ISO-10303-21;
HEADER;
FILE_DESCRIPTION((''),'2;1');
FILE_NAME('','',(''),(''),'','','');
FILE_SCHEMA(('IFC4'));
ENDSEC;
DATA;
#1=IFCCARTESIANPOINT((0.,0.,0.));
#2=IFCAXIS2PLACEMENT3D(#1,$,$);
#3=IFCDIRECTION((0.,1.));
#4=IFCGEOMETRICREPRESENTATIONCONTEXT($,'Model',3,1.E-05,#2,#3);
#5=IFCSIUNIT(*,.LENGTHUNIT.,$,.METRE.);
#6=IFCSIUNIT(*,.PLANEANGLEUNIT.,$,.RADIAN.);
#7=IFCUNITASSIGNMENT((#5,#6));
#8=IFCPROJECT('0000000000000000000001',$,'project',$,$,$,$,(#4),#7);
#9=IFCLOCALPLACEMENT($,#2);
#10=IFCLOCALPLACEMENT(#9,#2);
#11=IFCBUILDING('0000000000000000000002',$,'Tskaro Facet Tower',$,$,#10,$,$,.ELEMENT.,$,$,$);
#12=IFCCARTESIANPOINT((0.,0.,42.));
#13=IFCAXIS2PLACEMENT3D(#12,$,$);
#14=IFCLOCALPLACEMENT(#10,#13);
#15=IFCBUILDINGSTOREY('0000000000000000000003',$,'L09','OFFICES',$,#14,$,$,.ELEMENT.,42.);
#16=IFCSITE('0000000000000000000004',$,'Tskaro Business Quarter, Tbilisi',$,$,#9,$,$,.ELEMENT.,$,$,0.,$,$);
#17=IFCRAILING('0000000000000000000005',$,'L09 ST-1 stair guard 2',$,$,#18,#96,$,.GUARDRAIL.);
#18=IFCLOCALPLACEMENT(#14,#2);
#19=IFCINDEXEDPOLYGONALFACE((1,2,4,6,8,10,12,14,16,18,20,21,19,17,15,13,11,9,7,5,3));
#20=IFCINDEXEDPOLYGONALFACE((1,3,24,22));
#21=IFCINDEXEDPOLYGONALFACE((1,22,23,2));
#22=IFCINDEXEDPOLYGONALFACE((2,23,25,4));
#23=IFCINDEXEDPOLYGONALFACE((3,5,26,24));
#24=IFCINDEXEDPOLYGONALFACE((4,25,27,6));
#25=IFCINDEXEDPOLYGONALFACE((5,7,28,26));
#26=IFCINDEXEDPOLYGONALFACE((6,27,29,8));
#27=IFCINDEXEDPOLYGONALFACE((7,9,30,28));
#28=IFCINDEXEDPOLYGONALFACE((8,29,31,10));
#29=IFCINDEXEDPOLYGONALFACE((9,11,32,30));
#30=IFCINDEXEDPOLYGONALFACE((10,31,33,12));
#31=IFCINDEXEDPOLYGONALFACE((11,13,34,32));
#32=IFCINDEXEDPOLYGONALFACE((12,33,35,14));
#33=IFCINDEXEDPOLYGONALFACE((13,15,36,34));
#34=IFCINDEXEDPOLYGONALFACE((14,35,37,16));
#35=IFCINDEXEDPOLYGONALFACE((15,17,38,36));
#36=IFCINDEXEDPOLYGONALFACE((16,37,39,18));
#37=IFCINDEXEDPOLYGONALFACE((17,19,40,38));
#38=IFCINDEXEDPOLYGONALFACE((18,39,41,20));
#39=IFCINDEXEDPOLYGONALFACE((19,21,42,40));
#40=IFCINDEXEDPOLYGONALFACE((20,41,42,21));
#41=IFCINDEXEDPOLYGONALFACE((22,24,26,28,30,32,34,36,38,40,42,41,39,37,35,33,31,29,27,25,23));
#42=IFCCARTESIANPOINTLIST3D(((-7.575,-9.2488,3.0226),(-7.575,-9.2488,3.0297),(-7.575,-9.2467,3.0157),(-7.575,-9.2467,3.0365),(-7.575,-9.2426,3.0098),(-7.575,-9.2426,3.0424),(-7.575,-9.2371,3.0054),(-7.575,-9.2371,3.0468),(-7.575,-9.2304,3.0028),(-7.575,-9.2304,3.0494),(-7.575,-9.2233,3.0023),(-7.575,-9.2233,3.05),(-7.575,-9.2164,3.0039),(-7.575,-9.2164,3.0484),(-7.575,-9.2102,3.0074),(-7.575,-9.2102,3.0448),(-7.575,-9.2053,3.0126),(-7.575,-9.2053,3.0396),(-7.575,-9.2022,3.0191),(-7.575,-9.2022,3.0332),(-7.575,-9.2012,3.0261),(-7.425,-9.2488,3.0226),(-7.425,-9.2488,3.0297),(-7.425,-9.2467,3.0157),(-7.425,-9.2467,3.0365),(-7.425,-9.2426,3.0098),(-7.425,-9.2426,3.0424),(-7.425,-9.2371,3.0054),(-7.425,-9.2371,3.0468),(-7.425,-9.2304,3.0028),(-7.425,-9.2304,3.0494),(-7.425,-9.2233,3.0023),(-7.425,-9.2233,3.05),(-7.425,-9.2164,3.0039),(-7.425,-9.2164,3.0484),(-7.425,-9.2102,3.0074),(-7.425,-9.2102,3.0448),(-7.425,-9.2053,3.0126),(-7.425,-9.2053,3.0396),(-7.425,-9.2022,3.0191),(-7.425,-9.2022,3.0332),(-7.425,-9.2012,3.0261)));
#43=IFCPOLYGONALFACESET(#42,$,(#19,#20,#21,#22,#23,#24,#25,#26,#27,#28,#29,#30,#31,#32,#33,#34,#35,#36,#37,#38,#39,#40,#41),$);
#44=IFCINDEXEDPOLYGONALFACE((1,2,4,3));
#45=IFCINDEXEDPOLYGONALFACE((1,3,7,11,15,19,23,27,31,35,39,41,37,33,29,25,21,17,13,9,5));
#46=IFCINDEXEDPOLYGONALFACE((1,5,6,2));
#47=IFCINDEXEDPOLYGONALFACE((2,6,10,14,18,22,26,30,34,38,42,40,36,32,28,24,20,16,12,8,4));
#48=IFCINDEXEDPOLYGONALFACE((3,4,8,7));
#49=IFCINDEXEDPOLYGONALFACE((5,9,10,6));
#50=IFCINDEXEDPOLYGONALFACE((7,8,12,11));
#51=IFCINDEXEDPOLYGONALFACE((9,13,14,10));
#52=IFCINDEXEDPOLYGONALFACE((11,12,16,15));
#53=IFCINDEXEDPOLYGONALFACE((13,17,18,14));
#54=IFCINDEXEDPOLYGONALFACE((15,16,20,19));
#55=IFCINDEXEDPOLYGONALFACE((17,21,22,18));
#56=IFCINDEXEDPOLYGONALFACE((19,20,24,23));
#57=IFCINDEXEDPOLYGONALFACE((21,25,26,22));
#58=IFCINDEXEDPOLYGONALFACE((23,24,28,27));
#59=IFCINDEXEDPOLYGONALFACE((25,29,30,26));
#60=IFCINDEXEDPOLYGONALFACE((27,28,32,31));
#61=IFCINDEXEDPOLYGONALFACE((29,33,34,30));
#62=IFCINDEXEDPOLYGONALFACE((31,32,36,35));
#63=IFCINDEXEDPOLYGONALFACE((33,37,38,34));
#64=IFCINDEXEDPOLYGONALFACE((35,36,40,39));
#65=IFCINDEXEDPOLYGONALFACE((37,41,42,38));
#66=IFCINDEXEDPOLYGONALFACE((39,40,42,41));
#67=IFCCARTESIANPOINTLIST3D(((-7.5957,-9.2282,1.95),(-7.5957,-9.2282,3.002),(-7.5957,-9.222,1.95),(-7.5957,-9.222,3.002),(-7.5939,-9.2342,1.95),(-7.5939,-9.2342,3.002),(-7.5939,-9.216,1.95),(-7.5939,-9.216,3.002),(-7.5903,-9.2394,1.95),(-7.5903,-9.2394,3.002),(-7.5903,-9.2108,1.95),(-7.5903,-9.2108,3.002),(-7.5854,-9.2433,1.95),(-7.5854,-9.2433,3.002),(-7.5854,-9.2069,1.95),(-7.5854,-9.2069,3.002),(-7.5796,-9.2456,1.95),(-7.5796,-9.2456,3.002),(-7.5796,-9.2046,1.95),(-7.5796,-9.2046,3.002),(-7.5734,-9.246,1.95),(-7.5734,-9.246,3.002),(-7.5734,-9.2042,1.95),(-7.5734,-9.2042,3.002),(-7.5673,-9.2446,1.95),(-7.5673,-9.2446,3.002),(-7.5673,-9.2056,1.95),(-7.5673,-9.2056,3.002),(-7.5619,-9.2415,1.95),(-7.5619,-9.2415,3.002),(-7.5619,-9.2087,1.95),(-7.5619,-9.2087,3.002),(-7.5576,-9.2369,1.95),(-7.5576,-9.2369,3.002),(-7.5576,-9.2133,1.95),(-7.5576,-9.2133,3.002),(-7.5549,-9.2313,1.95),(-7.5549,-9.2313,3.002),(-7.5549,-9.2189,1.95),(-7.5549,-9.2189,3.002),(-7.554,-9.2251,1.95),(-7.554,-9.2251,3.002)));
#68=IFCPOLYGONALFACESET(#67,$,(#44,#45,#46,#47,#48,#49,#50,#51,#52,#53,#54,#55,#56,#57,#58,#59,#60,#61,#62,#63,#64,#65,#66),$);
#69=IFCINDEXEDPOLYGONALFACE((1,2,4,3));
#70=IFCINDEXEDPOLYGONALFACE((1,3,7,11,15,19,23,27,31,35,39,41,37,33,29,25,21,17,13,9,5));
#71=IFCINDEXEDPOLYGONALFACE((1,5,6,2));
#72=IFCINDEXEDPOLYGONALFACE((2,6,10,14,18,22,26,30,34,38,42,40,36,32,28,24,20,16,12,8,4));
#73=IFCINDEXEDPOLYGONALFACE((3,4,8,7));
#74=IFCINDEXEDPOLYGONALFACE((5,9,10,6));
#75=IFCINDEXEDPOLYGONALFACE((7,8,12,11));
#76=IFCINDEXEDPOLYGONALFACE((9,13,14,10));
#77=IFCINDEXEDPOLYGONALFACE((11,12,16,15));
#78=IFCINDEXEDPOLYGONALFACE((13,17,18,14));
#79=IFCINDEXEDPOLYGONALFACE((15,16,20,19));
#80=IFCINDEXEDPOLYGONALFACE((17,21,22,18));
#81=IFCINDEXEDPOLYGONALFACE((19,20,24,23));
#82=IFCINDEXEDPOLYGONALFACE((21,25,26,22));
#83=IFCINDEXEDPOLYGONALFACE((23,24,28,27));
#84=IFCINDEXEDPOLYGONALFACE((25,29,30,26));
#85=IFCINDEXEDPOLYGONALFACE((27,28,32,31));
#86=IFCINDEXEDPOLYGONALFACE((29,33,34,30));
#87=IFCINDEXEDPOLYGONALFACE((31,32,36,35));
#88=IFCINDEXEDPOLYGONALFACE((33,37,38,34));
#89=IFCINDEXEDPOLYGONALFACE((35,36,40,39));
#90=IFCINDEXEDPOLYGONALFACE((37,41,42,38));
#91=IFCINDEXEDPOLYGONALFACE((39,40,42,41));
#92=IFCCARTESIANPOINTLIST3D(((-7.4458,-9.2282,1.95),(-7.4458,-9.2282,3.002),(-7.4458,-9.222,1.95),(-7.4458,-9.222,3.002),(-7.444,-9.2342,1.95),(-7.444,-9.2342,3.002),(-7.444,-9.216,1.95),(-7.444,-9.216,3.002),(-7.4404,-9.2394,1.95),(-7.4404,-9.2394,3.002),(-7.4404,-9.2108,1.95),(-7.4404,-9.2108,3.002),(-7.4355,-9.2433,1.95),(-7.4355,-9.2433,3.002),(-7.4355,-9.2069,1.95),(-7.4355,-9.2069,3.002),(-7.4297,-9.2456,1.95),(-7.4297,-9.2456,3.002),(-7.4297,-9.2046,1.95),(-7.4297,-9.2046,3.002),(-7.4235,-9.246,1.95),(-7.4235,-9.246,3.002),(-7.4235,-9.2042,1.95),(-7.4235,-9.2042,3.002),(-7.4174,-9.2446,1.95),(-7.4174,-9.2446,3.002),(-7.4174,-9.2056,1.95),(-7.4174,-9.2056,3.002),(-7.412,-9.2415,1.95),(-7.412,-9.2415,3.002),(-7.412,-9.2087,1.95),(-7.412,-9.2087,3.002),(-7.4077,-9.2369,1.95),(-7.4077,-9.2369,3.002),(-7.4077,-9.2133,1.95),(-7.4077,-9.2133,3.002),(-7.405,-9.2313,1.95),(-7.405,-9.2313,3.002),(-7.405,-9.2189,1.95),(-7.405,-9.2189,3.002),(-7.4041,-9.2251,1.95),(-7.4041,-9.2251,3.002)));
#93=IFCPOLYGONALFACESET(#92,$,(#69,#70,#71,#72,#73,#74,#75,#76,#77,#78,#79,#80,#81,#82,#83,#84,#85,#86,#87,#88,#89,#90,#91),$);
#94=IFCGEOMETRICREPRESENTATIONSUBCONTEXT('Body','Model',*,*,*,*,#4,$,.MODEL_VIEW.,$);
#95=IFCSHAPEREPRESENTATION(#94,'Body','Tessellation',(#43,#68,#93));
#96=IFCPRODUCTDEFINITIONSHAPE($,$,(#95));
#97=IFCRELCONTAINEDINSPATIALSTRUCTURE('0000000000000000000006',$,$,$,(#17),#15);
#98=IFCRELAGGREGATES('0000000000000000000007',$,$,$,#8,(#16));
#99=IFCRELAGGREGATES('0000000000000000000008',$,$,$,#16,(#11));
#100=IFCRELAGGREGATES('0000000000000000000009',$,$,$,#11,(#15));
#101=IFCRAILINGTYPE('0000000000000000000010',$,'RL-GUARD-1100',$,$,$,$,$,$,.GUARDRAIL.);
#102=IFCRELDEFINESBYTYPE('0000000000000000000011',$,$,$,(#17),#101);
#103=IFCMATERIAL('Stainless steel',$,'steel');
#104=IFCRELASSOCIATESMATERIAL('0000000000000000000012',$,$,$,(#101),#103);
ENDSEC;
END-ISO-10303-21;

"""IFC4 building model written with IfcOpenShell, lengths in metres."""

from ifc_helpers import new_model, si_unit, direction, frame, origin, origin_2d, place, context, subcontext, project, spatial, circle, extrude, material, type_object, element, save


model = new_model("IFC4")

# Units and contexts
model_context = context("Model", 3, precision=1e-05, world=origin(), true_north=direction((0.0, 1.0)))
body_context = subcontext(model_context, "Body", "Model", "MODEL_VIEW")
ifc_project = project(units=[si_unit("LENGTHUNIT", "METRE"), si_unit("PLANEANGLEUNIT", "RADIAN")], contexts=[model_context])

# Site, building, storey
site_placement = place(None, origin())
site = spatial("IfcSite", under=ifc_project, at=site_placement, Name="Tskaro Business Quarter, Tbilisi", CompositionType="ELEMENT", RefElevation=0.0)
building_placement = place(site_placement, origin())
building = spatial("IfcBuilding", under=site, at=building_placement, Name="Tskaro Facet Tower", CompositionType="ELEMENT")
storey_placement = place(building_placement, frame((0.0, 0.0, 42.0)))
storey = spatial("IfcBuildingStorey", under=building, at=storey_placement, Name="L09", Description="OFFICES", CompositionType="ELEMENT", Elevation=42.0)

# Railing
ifc_material_1 = material(Name="Stainless steel", Category="steel")
railing_type = type_object("IfcRailingType", Name="RL-GUARD-1100", PredefinedType="GUARDRAIL", material=ifc_material_1)
railing_1_placement = place(storey_placement, frame((-7.575, -9.2251, 1.95)))
element("IfcRailing", 1, at=railing_1_placement, inside=storey, type_object=railing_type, Name="L09 ST-1 stair guard 2", PredefinedType="GUARDRAIL", context=body_context, shape_type="SweptSolid", body=[
    extrude(circle(Radius=0.0239, at=origin_2d()), frame((0.0, 0.0, 1.0762), z_axis=(1.0, 0.0, 0.0), x_axis=(0.0, 1.0, 0.0)), (0.0, 0.0, 1.0), 0.1499),
    extrude(circle(Radius=0.021, at=origin_2d()), origin(), (0.0, 0.0, 1.0), 1.052),
    extrude(circle(Radius=0.021, at=origin_2d()), frame((0.1499, 0.0, 0.0)), (0.0, 0.0, 1.0), 1.052),
])

save(model, "model.ifc")
